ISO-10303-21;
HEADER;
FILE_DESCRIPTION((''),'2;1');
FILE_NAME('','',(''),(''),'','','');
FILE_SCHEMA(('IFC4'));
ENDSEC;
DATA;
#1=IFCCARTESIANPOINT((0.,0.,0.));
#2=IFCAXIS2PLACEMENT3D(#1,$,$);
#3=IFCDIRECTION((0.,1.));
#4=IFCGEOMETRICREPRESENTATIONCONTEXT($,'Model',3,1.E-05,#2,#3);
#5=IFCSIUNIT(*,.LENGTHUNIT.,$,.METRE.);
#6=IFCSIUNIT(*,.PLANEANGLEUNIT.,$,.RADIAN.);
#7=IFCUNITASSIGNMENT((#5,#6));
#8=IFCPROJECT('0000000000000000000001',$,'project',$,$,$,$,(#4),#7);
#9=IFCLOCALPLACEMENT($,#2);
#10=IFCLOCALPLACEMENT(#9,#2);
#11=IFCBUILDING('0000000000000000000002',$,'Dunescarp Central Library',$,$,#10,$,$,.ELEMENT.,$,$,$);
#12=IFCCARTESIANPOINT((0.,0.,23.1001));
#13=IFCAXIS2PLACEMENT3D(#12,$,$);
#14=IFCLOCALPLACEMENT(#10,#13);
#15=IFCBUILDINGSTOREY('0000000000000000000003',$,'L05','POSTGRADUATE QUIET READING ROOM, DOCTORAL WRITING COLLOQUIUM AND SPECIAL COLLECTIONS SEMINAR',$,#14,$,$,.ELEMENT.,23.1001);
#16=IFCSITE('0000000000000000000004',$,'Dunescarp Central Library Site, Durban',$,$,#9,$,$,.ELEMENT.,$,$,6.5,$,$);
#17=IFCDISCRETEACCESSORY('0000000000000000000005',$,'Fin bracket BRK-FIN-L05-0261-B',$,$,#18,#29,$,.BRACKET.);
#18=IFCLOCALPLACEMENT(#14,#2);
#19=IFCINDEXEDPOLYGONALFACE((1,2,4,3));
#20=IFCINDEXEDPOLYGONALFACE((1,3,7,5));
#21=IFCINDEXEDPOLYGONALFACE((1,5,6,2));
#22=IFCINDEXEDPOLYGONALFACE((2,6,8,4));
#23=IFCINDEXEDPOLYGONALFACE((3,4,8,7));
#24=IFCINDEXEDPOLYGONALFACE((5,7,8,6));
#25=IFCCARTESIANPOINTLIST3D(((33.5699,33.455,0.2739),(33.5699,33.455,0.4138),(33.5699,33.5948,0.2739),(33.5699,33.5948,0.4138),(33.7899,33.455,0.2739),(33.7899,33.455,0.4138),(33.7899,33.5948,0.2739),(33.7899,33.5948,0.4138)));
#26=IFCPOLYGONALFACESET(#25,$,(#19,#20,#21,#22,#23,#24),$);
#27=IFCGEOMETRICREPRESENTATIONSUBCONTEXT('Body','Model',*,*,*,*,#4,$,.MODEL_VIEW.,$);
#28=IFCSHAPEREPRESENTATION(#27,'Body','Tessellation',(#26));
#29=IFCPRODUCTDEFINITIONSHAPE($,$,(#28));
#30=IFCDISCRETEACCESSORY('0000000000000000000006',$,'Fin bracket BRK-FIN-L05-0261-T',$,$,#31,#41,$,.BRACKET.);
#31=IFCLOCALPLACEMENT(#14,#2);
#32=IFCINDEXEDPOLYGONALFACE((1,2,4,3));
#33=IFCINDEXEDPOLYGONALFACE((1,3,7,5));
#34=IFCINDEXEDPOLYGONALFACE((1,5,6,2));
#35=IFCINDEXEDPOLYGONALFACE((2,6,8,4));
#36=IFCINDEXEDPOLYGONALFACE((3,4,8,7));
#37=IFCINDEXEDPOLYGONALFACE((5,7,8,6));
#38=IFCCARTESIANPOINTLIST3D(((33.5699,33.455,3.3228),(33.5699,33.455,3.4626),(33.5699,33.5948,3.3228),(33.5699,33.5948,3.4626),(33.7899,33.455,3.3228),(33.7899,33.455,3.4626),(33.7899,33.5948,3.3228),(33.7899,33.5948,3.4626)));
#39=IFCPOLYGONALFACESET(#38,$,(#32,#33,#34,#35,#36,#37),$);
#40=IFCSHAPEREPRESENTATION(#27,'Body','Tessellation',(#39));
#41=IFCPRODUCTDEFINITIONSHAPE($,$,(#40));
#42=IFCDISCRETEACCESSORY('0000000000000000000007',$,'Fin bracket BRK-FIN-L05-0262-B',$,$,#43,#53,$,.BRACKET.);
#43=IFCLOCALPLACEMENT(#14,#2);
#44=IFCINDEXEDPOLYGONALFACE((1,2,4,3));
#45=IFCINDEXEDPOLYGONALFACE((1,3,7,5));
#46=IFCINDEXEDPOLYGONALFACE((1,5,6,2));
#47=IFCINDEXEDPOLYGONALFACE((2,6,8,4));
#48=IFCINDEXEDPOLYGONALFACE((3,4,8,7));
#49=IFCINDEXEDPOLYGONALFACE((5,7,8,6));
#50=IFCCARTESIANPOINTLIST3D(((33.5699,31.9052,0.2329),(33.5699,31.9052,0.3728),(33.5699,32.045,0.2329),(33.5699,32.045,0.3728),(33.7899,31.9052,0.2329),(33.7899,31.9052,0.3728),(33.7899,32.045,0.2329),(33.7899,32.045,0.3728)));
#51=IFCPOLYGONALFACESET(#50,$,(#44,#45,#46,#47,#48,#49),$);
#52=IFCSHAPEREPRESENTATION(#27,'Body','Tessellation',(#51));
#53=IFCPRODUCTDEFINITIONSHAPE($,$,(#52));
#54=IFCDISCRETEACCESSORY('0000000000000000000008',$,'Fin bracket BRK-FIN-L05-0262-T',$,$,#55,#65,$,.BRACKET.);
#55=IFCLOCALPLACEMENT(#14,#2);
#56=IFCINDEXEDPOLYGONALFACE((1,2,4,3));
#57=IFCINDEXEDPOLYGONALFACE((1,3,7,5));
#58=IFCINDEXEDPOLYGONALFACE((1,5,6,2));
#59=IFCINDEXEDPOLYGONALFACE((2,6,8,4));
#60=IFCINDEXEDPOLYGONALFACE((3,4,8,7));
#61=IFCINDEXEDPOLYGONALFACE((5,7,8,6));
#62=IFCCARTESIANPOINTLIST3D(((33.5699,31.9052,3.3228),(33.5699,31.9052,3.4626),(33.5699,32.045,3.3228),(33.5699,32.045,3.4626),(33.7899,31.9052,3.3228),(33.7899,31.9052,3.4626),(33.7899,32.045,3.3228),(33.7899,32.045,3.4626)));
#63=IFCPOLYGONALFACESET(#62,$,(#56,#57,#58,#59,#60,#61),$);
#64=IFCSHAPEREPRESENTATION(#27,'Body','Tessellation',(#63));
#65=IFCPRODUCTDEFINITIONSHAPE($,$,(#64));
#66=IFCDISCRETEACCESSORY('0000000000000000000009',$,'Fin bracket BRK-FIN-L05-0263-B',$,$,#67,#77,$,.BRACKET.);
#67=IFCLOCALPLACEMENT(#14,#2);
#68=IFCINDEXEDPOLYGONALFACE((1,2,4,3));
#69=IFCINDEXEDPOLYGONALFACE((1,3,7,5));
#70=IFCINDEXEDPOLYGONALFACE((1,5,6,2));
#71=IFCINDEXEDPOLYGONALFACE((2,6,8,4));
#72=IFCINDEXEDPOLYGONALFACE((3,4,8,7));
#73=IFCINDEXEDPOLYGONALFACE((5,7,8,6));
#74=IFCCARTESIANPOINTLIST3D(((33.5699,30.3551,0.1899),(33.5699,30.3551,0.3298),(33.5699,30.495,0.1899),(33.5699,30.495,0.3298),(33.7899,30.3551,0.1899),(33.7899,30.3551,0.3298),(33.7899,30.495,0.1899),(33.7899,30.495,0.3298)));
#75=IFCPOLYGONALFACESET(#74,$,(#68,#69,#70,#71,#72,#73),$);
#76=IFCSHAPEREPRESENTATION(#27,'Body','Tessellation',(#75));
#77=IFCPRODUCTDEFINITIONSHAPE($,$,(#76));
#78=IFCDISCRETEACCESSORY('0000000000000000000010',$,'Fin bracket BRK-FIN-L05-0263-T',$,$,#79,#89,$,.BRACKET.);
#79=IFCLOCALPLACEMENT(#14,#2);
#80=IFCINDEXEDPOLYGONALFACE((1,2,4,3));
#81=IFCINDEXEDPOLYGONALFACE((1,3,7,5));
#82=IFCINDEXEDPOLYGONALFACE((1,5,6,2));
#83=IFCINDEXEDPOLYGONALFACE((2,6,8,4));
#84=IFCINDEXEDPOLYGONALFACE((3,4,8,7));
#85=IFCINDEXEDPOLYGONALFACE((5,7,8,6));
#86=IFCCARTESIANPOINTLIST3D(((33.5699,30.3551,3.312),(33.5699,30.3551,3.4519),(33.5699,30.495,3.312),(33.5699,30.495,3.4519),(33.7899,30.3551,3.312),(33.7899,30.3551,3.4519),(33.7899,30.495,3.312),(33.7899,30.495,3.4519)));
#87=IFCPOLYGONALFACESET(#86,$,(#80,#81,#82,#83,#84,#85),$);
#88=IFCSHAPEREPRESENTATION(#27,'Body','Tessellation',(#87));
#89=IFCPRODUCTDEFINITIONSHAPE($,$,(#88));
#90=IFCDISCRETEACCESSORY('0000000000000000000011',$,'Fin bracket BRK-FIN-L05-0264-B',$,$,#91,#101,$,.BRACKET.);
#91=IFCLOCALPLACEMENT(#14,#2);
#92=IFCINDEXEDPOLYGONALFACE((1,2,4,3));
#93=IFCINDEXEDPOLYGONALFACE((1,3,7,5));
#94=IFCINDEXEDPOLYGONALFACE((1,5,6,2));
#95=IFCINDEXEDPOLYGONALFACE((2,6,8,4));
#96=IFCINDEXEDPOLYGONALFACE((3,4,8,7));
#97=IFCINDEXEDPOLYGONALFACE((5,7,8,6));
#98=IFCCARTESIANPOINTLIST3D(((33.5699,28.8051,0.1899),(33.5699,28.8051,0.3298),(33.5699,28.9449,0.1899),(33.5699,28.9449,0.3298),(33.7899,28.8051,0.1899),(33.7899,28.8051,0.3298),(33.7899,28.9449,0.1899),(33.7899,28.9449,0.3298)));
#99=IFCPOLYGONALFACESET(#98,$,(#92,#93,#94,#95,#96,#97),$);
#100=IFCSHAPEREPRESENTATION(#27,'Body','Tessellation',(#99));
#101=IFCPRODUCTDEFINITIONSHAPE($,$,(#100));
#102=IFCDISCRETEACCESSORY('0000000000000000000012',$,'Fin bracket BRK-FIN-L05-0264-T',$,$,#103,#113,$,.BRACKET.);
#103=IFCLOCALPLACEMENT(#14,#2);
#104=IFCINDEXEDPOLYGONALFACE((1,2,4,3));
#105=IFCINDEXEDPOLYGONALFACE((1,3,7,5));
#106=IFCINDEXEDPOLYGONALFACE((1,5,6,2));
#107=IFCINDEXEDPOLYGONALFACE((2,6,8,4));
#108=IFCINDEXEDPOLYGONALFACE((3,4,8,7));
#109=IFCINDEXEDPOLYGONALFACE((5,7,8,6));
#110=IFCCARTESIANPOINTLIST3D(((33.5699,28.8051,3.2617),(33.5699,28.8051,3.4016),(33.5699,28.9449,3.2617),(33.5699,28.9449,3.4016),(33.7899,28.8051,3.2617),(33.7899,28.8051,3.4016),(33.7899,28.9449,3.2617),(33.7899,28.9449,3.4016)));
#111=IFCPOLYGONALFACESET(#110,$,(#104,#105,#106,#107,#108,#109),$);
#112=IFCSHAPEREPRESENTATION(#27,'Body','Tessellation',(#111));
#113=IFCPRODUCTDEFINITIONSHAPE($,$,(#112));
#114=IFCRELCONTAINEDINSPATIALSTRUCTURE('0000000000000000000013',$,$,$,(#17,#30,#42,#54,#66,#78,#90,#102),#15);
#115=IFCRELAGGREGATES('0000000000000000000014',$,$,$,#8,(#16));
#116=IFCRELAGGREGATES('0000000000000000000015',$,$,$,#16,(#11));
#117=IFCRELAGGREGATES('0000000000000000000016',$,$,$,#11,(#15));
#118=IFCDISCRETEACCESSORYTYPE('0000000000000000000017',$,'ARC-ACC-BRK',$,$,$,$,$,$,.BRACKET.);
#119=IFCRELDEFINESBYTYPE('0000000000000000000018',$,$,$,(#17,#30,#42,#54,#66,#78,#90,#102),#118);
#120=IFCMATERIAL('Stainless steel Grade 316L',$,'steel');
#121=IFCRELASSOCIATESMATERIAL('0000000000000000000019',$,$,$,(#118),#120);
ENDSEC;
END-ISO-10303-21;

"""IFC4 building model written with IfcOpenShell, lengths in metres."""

from ifc_helpers import new_model, si_unit, direction, frame, origin, origin_2d, place, context, subcontext, project, spatial, rectangle, extrude, material, type_object, element, save


model = new_model("IFC4")

# Units and contexts
model_context = context("Model", 3, precision=1e-05, world=origin(), true_north=direction((0.0, 1.0)))
body_context = subcontext(model_context, "Body", "Model", "MODEL_VIEW")
ifc_project = project(units=[si_unit("LENGTHUNIT", "METRE"), si_unit("PLANEANGLEUNIT", "RADIAN")], contexts=[model_context])

# Site, building, storey
site_placement = place(None, origin())
site = spatial("IfcSite", under=ifc_project, at=site_placement, Name="Dunescarp Central Library Site, Durban", CompositionType="ELEMENT", RefElevation=6.5)
building_placement = place(site_placement, origin())
building = spatial("IfcBuilding", under=site, at=building_placement, Name="Dunescarp Central Library", CompositionType="ELEMENT")
storey_placement = place(building_placement, frame((0.0, 0.0, 23.1001)))
storey = spatial("IfcBuildingStorey", under=building, at=storey_placement, Name="L05", Description="POSTGRADUATE QUIET READING ROOM, DOCTORAL WRITING COLLOQUIUM AND SPECIAL COLLECTIONS SEMINAR", CompositionType="ELEMENT", Elevation=23.1001)

# Discrete accessories
ifc_material_1 = material(Name="Stainless steel Grade 316L", Category="steel")
discrete_accessory_type = type_object("IfcDiscreteAccessoryType", Name="ARC-ACC-BRK", PredefinedType="BRACKET", material=ifc_material_1)
for number, where, z_axis, x_axis, name in (
    (1, (33.6799, 33.5249, 0.2739), (0.0, 0.0, 1.0), (1.0, 0.0, 0.0), "Fin bracket BRK-FIN-L05-0261-B"),
    (2, (33.6799, 33.5249, 3.3228), (0.0, 0.0, 1.0), (1.0, 0.0, 0.0), "Fin bracket BRK-FIN-L05-0261-T"),
    (3, (33.6799, 31.9751, 0.2329), (0.0, 0.0, 1.0), (1.0, 0.0, 0.0), "Fin bracket BRK-FIN-L05-0262-B"),
    (4, (33.6799, 31.9751, 3.3228), (0.0, 0.0, 1.0), (1.0, 0.0, 0.0), "Fin bracket BRK-FIN-L05-0262-T"),
    (5, (33.6799, 30.425, 0.1899), (0.0, 0.0, 1.0), (1.0, 0.0, 0.0), "Fin bracket BRK-FIN-L05-0263-B"),
    (6, (33.6799, 30.425, 3.312), (0.0, 0.0, 1.0), (1.0, 0.0, 0.0), "Fin bracket BRK-FIN-L05-0263-T"),
    (7, (33.6799, 28.875, 0.1899), (0.0, 0.0, 1.0), (1.0, 0.0, 0.0), "Fin bracket BRK-FIN-L05-0264-B"),
    (8, (33.6799, 28.875, 3.2617), (0.0, 0.0, 1.0), (1.0, 0.0, 0.0), "Fin bracket BRK-FIN-L05-0264-T"),
):
    element("IfcDiscreteAccessory", number, at=place(storey_placement, frame(where, z_axis=z_axis, x_axis=x_axis)), inside=storey, type_object=discrete_accessory_type, Name=name, PredefinedType="BRACKET", context=body_context, shape_type="SweptSolid", body=[
        extrude(rectangle(XDim=0.22, YDim=0.1399, at=origin_2d()), origin(), (0.0, 0.0, 1.0), 0.1399),
    ])

save(model, "model.ifc")
